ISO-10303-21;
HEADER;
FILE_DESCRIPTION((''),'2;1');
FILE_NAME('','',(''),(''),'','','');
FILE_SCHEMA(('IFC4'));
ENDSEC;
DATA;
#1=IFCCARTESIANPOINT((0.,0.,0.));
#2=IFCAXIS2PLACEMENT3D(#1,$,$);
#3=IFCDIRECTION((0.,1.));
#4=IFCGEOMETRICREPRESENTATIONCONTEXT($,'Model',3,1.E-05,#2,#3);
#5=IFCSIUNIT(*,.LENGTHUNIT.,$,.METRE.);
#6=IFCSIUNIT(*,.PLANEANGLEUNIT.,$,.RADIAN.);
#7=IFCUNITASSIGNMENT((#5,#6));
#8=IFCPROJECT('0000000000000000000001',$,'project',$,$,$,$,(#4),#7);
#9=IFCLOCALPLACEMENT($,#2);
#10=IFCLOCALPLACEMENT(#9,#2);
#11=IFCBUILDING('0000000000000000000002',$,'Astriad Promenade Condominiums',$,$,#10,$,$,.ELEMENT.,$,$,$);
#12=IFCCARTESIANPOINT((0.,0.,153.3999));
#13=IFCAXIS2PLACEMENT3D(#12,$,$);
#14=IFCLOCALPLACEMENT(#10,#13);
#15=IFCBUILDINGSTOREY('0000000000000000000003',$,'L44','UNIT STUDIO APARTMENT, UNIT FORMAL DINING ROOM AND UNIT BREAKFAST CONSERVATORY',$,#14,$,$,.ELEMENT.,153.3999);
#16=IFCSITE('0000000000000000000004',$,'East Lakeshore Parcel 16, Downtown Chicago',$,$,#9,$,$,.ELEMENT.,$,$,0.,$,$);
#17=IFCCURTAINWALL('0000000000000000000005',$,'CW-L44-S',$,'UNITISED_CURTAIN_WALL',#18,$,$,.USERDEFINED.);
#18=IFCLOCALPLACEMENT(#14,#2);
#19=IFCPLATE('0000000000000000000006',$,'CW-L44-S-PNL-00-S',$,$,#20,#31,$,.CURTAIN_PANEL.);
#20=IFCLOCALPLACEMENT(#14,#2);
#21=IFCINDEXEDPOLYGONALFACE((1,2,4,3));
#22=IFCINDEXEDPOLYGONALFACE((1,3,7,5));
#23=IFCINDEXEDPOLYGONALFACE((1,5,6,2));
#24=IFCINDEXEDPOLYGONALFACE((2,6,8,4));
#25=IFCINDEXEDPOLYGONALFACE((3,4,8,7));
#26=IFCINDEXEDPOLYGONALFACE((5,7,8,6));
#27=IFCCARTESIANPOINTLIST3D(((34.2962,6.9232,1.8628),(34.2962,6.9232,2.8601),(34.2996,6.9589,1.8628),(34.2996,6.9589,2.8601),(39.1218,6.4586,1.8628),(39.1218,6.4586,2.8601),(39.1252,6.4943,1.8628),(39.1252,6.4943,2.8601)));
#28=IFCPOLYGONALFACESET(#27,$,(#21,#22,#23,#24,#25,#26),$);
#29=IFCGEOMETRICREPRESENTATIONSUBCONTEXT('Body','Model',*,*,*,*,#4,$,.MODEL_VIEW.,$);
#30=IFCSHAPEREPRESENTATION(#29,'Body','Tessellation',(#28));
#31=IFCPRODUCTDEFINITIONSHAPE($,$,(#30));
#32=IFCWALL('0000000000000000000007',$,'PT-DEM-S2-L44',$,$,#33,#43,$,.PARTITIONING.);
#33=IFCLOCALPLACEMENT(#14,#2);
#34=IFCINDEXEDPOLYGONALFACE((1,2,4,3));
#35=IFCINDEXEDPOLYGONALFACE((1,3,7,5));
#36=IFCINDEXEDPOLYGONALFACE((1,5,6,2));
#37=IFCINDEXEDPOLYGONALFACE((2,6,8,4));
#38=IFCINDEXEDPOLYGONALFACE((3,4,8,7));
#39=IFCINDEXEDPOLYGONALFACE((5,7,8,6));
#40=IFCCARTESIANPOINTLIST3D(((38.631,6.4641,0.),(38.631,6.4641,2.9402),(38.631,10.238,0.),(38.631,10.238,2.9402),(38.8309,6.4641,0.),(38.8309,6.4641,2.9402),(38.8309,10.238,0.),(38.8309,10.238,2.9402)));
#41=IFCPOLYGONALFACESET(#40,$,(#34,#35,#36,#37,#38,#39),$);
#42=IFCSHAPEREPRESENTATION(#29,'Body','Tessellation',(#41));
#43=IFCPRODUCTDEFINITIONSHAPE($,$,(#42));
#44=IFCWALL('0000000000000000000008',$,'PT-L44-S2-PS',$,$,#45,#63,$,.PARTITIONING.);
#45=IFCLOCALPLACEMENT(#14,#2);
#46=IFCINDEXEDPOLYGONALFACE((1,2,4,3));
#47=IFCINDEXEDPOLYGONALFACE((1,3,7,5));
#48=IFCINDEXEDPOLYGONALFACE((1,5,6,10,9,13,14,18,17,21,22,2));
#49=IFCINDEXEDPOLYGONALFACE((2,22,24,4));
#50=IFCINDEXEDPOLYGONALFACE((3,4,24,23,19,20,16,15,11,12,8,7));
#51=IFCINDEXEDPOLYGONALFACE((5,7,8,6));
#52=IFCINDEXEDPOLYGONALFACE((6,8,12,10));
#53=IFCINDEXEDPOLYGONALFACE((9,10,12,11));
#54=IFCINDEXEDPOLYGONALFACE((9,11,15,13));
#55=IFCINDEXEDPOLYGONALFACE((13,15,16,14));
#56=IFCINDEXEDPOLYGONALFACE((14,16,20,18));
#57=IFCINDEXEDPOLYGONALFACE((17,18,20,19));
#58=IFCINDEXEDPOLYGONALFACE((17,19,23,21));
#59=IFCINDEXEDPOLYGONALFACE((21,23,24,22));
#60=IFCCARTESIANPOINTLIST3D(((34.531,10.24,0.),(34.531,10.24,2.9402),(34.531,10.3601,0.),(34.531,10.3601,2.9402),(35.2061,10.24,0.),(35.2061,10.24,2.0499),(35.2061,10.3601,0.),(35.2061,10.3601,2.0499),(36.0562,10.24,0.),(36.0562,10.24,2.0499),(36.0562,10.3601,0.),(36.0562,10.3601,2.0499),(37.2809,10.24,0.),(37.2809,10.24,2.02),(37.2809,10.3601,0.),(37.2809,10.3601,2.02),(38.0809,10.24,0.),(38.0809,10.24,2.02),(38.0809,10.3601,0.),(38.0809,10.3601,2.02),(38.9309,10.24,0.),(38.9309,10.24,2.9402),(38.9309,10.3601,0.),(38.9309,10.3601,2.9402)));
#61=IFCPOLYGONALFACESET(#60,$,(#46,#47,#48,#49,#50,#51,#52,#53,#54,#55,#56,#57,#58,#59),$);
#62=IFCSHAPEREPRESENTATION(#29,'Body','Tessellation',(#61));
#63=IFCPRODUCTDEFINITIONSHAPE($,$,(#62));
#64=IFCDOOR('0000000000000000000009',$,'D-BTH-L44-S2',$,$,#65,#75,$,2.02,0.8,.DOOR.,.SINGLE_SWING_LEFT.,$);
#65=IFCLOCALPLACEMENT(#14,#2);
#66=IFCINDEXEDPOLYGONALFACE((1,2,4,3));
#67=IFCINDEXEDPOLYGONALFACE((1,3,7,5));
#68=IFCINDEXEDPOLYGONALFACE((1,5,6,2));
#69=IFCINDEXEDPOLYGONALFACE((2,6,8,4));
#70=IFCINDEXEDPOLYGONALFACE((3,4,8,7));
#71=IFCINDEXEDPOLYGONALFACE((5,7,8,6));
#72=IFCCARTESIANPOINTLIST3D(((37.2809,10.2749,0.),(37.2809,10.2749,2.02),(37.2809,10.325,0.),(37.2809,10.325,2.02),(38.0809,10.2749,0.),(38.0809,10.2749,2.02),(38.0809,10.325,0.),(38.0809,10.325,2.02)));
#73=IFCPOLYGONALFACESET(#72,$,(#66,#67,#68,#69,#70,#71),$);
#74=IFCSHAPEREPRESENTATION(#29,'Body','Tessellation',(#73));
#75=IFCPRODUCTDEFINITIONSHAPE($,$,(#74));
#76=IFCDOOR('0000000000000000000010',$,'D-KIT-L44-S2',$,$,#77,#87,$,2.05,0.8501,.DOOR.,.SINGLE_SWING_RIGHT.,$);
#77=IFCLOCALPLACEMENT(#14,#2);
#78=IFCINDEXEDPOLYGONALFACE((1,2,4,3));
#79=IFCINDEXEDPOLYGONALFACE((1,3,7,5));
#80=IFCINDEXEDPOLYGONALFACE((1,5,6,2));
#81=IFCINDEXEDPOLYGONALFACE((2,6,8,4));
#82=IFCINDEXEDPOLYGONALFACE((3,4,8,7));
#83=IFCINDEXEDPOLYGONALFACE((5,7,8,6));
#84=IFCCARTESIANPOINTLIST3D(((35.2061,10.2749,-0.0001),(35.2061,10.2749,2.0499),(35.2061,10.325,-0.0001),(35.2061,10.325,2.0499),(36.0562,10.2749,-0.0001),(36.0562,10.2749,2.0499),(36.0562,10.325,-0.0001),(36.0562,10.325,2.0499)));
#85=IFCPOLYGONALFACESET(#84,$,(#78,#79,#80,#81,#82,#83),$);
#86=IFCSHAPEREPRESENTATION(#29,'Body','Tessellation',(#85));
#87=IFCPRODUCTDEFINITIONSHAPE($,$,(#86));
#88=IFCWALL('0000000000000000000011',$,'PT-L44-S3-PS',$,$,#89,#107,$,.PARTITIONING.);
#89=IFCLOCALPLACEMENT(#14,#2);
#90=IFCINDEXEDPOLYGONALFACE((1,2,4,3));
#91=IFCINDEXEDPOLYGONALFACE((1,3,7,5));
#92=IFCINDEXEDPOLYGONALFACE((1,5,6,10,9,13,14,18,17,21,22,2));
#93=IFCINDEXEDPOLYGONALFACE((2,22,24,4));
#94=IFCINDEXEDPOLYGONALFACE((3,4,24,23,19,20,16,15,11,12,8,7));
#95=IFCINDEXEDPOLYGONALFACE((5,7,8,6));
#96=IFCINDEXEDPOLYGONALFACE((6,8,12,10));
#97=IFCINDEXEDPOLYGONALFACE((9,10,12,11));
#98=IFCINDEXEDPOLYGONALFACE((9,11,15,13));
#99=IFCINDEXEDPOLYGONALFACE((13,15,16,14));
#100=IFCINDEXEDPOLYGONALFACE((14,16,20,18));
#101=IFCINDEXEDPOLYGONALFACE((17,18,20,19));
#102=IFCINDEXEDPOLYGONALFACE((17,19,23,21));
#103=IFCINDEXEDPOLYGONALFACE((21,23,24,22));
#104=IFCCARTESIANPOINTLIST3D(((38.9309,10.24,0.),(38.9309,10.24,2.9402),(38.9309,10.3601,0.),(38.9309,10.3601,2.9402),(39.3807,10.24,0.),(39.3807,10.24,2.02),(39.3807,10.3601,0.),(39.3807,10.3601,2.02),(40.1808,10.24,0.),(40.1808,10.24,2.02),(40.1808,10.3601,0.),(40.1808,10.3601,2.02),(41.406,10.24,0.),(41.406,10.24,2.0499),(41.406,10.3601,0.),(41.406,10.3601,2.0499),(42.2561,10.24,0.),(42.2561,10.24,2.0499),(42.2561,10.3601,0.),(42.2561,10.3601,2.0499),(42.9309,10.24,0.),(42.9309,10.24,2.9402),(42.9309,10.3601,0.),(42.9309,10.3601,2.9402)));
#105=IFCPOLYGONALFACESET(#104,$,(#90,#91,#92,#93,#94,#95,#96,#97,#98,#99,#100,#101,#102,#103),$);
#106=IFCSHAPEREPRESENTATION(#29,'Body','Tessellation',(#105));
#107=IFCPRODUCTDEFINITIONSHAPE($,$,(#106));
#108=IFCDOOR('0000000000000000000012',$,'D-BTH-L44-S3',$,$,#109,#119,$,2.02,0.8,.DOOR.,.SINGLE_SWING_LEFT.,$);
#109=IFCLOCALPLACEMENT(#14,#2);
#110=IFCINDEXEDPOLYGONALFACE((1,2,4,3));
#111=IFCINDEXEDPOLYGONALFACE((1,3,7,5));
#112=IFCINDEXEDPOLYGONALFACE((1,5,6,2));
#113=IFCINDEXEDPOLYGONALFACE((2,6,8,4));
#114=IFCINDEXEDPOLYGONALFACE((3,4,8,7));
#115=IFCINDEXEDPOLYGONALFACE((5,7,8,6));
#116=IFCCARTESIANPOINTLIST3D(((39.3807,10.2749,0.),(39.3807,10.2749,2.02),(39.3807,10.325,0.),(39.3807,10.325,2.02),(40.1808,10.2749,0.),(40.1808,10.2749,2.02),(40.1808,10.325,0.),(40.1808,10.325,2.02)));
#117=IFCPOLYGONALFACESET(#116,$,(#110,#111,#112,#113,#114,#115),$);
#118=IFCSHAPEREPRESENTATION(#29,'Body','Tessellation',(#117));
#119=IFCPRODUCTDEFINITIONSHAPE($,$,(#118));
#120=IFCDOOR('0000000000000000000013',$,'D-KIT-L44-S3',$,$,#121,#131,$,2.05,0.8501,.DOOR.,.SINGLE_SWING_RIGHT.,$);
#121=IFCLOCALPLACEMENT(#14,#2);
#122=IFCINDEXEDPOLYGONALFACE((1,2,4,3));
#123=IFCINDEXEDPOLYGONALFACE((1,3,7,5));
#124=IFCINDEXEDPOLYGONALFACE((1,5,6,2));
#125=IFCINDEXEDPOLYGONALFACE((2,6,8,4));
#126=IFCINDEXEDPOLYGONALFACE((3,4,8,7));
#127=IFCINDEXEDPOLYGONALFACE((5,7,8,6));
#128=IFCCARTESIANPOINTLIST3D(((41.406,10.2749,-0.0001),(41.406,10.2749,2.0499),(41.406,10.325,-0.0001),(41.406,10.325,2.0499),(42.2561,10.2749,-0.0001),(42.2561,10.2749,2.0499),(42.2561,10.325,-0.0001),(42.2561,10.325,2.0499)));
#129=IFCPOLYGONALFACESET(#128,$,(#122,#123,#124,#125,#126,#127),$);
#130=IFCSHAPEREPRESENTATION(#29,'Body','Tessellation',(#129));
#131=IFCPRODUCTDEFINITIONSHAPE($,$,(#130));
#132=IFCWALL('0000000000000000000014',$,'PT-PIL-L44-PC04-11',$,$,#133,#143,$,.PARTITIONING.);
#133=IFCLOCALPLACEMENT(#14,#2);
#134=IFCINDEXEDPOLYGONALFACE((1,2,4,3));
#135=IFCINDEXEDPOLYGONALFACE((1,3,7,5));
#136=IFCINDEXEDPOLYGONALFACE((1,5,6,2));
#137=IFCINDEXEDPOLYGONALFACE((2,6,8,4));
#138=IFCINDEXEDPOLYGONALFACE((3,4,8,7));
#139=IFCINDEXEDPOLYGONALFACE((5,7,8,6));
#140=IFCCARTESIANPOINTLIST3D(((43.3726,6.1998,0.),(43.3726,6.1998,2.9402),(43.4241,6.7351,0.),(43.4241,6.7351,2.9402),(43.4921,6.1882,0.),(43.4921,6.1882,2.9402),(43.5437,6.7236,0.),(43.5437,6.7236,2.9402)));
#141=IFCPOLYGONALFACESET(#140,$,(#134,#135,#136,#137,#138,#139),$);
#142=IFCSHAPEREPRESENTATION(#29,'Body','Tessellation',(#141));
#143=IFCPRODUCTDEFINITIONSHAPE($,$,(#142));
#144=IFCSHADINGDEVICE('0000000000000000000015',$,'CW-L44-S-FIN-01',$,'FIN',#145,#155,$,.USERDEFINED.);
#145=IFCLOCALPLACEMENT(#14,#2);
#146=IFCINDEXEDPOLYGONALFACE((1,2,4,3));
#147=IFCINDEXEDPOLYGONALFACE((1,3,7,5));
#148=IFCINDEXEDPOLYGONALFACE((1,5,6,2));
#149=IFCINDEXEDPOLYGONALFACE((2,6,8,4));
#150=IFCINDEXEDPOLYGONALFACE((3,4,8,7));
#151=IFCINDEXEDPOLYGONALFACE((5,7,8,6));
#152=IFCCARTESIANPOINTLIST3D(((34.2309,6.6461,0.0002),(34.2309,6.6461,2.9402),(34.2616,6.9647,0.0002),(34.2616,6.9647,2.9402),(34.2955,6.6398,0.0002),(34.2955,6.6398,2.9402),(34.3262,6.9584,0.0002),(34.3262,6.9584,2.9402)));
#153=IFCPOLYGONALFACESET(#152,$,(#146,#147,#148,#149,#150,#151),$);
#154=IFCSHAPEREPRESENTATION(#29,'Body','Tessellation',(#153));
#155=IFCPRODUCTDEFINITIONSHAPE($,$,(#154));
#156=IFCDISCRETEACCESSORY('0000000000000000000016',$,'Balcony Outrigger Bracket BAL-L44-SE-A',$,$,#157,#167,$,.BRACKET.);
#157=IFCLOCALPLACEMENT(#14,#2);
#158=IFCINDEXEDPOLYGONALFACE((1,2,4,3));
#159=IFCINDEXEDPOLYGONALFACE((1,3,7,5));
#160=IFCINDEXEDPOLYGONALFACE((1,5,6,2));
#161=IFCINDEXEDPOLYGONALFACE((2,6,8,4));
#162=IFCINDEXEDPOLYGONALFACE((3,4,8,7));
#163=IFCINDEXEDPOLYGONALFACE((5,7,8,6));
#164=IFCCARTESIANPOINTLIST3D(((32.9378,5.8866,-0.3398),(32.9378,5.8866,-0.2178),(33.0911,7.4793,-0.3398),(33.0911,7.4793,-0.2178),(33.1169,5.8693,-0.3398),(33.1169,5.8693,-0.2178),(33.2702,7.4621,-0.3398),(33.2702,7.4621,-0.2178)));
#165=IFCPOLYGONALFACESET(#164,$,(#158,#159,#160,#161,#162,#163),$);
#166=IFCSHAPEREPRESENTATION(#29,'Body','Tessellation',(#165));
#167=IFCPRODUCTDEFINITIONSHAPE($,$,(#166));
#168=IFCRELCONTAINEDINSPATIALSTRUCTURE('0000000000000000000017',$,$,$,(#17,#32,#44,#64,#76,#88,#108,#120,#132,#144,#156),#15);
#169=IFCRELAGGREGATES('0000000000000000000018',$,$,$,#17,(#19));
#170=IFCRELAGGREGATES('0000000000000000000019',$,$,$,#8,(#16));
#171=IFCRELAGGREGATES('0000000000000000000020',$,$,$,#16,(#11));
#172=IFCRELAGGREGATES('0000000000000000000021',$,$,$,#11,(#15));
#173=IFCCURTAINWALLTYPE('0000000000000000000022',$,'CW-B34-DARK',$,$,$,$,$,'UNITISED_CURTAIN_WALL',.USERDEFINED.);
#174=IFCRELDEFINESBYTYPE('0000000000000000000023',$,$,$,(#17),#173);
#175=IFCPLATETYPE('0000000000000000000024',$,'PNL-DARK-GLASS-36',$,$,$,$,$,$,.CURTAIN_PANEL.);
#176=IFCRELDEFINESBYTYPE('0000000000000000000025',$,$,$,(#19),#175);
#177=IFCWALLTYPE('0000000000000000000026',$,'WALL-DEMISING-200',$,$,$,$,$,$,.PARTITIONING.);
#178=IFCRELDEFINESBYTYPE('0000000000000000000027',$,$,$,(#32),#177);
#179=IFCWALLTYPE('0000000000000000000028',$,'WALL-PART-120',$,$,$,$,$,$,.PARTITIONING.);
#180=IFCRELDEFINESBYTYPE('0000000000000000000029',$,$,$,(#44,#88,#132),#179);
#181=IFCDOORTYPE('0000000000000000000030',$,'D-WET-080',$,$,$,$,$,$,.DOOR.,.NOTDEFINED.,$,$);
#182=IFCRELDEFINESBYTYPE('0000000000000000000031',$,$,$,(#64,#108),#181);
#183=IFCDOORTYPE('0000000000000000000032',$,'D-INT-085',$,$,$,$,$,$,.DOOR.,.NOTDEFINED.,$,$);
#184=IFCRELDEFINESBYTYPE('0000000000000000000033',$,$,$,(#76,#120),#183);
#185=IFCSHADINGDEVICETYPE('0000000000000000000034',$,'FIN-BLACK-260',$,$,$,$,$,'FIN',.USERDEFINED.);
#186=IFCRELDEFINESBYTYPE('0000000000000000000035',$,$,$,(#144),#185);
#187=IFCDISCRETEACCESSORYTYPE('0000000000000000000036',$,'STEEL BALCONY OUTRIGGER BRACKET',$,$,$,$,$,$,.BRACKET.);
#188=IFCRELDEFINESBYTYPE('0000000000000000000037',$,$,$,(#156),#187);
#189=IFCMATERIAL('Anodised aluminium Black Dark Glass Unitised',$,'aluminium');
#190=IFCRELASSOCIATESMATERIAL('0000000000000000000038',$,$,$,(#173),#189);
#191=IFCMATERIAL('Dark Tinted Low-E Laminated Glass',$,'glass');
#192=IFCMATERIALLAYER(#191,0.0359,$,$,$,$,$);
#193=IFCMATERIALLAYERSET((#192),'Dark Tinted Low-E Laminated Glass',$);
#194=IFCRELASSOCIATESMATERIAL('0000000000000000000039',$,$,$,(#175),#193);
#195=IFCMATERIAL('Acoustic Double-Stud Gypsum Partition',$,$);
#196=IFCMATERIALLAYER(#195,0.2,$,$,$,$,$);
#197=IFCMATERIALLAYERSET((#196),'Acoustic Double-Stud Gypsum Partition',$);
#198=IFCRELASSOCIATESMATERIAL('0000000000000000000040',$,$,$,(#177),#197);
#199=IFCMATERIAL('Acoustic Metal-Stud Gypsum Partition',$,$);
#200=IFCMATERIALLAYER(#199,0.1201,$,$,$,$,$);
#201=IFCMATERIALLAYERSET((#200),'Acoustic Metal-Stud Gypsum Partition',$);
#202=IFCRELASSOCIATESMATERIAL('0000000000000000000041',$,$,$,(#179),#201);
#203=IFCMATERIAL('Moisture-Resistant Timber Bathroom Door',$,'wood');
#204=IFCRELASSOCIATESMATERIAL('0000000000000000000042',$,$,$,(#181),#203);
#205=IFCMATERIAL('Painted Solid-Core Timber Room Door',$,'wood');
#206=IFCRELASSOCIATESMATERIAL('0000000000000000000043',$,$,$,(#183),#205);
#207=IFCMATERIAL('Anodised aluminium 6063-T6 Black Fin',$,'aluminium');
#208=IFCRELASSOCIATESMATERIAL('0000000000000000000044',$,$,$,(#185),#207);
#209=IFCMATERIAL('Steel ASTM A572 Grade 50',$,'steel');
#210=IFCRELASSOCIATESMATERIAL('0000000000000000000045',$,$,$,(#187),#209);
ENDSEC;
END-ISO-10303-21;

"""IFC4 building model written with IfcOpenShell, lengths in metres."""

from ifc_helpers import new_model, si_unit, direction, frame, frame_2d, origin, origin_2d, place, context, subcontext, project, spatial, rectangle, extrude, source, transform, mapped, material, layer, layer_set, type_object, type_shapes, element, fill, aggregate, save


model = new_model("IFC4")

# Units and contexts
model_context = context("Model", 3, precision=1e-05, world=origin(), true_north=direction((0.0, 1.0)))
body_context = subcontext(model_context, "Body", "Model", "MODEL_VIEW")
ifc_project = project(units=[si_unit("LENGTHUNIT", "METRE"), si_unit("PLANEANGLEUNIT", "RADIAN")], contexts=[model_context])

# Site, building, storey
site_placement = place(None, origin())
site = spatial("IfcSite", under=ifc_project, at=site_placement, Name="East Lakeshore Parcel 16, Downtown Chicago", CompositionType="ELEMENT", RefElevation=0.0)
building_placement = place(site_placement, origin())
building = spatial("IfcBuilding", under=site, at=building_placement, Name="Astriad Promenade Condominiums", CompositionType="ELEMENT")
storey_placement = place(building_placement, frame((0.0, 0.0, 153.3999)))
storey = spatial("IfcBuildingStorey", under=building, at=storey_placement, Name="L44", Description="UNIT STUDIO APARTMENT, UNIT FORMAL DINING ROOM AND UNIT BREAKFAST CONSERVATORY", CompositionType="ELEMENT", Elevation=153.3999)

# Curtain wall, plate
ifc_material_1 = material(Name="Anodised aluminium Black Dark Glass Unitised", Category="aluminium")
curtain_wall_type = type_object("IfcCurtainWallType", Name="CW-B34-DARK", ElementType="UNITISED_CURTAIN_WALL", PredefinedType="USERDEFINED", material=ifc_material_1)
curtain_wall_placement = place(storey_placement, origin())
curtain_wall = element("IfcCurtainWall", 1, at=curtain_wall_placement, inside=storey, type_object=curtain_wall_type, Name="CW-L44-S", ObjectType="UNITISED_CURTAIN_WALL", PredefinedType="USERDEFINED")
ifc_material_2 = material(Name="Dark Tinted Low-E Laminated Glass", Category="glass")
ifc_layer_1 = layer(ifc_material_2, 0.0359)
ifc_layer_set_1 = layer_set([ifc_layer_1], Name="Dark Tinted Low-E Laminated Glass")
plate_type = type_object("IfcPlateType", Name="PNL-DARK-GLASS-36", PredefinedType="CURTAIN_PANEL", material=ifc_layer_set_1)
shared_shape_1 = source(origin(), body_context, "Body", "SweptSolid", [
    extrude(rectangle(XDim=4.8479, YDim=0.0359, at=origin_2d()), origin(), (0.0, 0.0, 1.0), 0.9973),
])
plate_1_placement = place(storey_placement, frame((36.7107, 6.7087, 1.8628), z_axis=(0.0, 0.0, 1.0), x_axis=(-0.995396, 0.095846, 0.0)))
plate_1 = element("IfcPlate", 2, at=plate_1_placement, type_object=plate_type, Name="CW-L44-S-PNL-00-S", PredefinedType="CURTAIN_PANEL", context=body_context, shape_type="MappedRepresentation", body=[
    mapped(shared_shape_1, transform((0.0, 0.0, 0.0), scale=1.0)),
])
aggregate(curtain_wall, [plate_1])

# Wall
ifc_material_3 = material(Name="Acoustic Double-Stud Gypsum Partition")
ifc_layer_2 = layer(ifc_material_3, 0.2)
ifc_layer_set_2 = layer_set([ifc_layer_2], Name="Acoustic Double-Stud Gypsum Partition")
wall_type_1 = type_object("IfcWallType", Name="WALL-DEMISING-200", PredefinedType="PARTITIONING", material=ifc_layer_set_2)
wall_1_placement = place(storey_placement, frame((38.731, 6.4641, 0.0), z_axis=(0.0, 0.0, 1.0), x_axis=(0.0, 1.0, 0.0)))
element("IfcWall", 3, at=wall_1_placement, inside=storey, type_object=wall_type_1, Name="PT-DEM-S2-L44", PredefinedType="PARTITIONING", context=body_context, shape_type="SweptSolid", body=[
    extrude(rectangle(XDim=3.7739, YDim=0.2, at=frame_2d((1.887, 0.0))), origin(), (0.0, 0.0, 1.0), 2.9402),
])

# Walls, openings, doors
ifc_material_4 = material(Name="Acoustic Metal-Stud Gypsum Partition")
ifc_layer_3 = layer(ifc_material_4, 0.1201)
ifc_layer_set_3 = layer_set([ifc_layer_3], Name="Acoustic Metal-Stud Gypsum Partition")
wall_type_2 = type_object("IfcWallType", Name="WALL-PART-120", PredefinedType="PARTITIONING", material=ifc_layer_set_3)
wall_2_placement = place(storey_placement, frame((34.531, 10.3, 0.0), z_axis=(0.0, 0.0, 1.0), x_axis=(1.0, 0.0, 0.0)))
wall_2 = element("IfcWall", 4, at=wall_2_placement, inside=storey, type_object=wall_type_2, Name="PT-L44-S2-PS", PredefinedType="PARTITIONING", context=body_context, shape_type="SweptSolid", body=[
    extrude(rectangle(XDim=4.3999, YDim=0.1201, at=frame_2d((2.2, 0.0))), origin(), (0.0, 0.0, 1.0), 2.9402),
])
opening_1_placement = place(wall_2_placement, frame((0.675, 0.0, 0.0)))
opening_1 = element("IfcOpeningElement", 5, at=opening_1_placement, cuts=wall_2, PredefinedType="OPENING", context=body_context, shape_type="SweptSolid", body=[
    extrude(rectangle(XDim=0.8501, YDim=2.05, at=frame_2d((0.425, 1.0249))), frame((0.0, 0.0701, 0.0), z_axis=(0.0, -1.0, 0.0), x_axis=(1.0, 0.0, 0.0)), (0.0, 0.0, 1.0), 0.1401),
])
opening_2_placement = place(wall_2_placement, frame((2.75, 0.0, 0.0)))
opening_2 = element("IfcOpeningElement", 6, at=opening_2_placement, cuts=wall_2, PredefinedType="OPENING", context=body_context, shape_type="SweptSolid", body=[
    extrude(rectangle(XDim=0.8, YDim=2.02, at=frame_2d((0.3999, 1.01))), frame((0.0, 0.0701, 0.0), z_axis=(0.0, -1.0, 0.0), x_axis=(1.0, 0.0, 0.0)), (0.0, 0.0, 1.0), 0.1401),
])
ifc_material_5 = material(Name="Moisture-Resistant Timber Bathroom Door", Category="wood")
door_type_1 = type_object("IfcDoorType", Name="D-WET-080", OperationType="NOTDEFINED", PredefinedType="DOOR", material=ifc_material_5)
shared_shape_2 = source(origin(), body_context, "Body", "SweptSolid", [
    extrude(rectangle(XDim=0.8, YDim=2.02, at=frame_2d((0.3999, 1.01))), frame((0.0, 0.0249, 0.0), z_axis=(0.0, -1.0, 0.0), x_axis=(1.0, 0.0, 0.0)), (0.0, 0.0, 1.0), 0.05),
])
type_shapes(door_type_1, [shared_shape_2])
door_1_placement = place(opening_2_placement, origin())
door_1 = element("IfcDoor", 7, at=door_1_placement, inside=storey, type_object=door_type_1, Name="D-BTH-L44-S2", OperationType="SINGLE_SWING_LEFT", OverallHeight=2.02, OverallWidth=0.8, PredefinedType="DOOR", context=body_context, shape_type="MappedRepresentation", body=[
    mapped(shared_shape_2, transform((0.0, 0.0, 0.0), scale=1.0)),
])
fill(opening_2, door_1)
ifc_material_6 = material(Name="Painted Solid-Core Timber Room Door", Category="wood")
door_type_2 = type_object("IfcDoorType", Name="D-INT-085", OperationType="NOTDEFINED", PredefinedType="DOOR", material=ifc_material_6)
shared_shape_3 = source(origin(), body_context, "Body", "SweptSolid", [
    extrude(rectangle(XDim=0.8501, YDim=2.05, at=frame_2d((0.425, 1.0249))), frame((0.0, 0.0249, 0.0), z_axis=(0.0, -1.0, 0.0), x_axis=(1.0, 0.0, 0.0)), (0.0, 0.0, 1.0), 0.05),
])
type_shapes(door_type_2, [shared_shape_3])
door_2_placement = place(opening_1_placement, origin())
door_2 = element("IfcDoor", 8, at=door_2_placement, inside=storey, type_object=door_type_2, Name="D-KIT-L44-S2", OperationType="SINGLE_SWING_RIGHT", OverallHeight=2.05, OverallWidth=0.8501, PredefinedType="DOOR", context=body_context, shape_type="MappedRepresentation", body=[
    mapped(shared_shape_3, transform((0.0, 0.0, 0.0), scale=1.0)),
])
fill(opening_1, door_2)
wall_3_placement = place(storey_placement, frame((38.9309, 10.3, 0.0), z_axis=(0.0, 0.0, 1.0), x_axis=(1.0, 0.0, 0.0)))
wall_3 = element("IfcWall", 9, at=wall_3_placement, inside=storey, type_object=wall_type_2, Name="PT-L44-S3-PS", PredefinedType="PARTITIONING", context=body_context, shape_type="SweptSolid", body=[
    extrude(rectangle(XDim=4.0, YDim=0.1201, at=frame_2d((2.0, 0.0))), origin(), (0.0, 0.0, 1.0), 2.9402),
])
opening_3_placement = place(wall_3_placement, frame((0.45, 0.0, 0.0)))
opening_3 = element("IfcOpeningElement", 10, at=opening_3_placement, cuts=wall_3, PredefinedType="OPENING", context=body_context, shape_type="SweptSolid", body=[
    extrude(rectangle(XDim=0.8, YDim=2.02, at=frame_2d((0.3999, 1.01))), frame((0.0, 0.0701, 0.0), z_axis=(0.0, -1.0, 0.0), x_axis=(1.0, 0.0, 0.0)), (0.0, 0.0, 1.0), 0.1401),
])
opening_4_placement = place(wall_3_placement, frame((2.4751, 0.0, 0.0)))
opening_4 = element("IfcOpeningElement", 11, at=opening_4_placement, cuts=wall_3, PredefinedType="OPENING", context=body_context, shape_type="SweptSolid", body=[
    extrude(rectangle(XDim=0.8501, YDim=2.05, at=frame_2d((0.425, 1.0249))), frame((0.0, 0.0701, 0.0), z_axis=(0.0, -1.0, 0.0), x_axis=(1.0, 0.0, 0.0)), (0.0, 0.0, 1.0), 0.1401),
])
door_3_placement = place(opening_3_placement, origin())
door_3 = element("IfcDoor", 12, at=door_3_placement, inside=storey, type_object=door_type_1, Name="D-BTH-L44-S3", OperationType="SINGLE_SWING_LEFT", OverallHeight=2.02, OverallWidth=0.8, PredefinedType="DOOR", context=body_context, shape_type="MappedRepresentation", body=[
    mapped(shared_shape_2, transform((0.0, 0.0, 0.0), scale=1.0)),
])
fill(opening_3, door_3)
door_4_placement = place(opening_4_placement, origin())
door_4 = element("IfcDoor", 13, at=door_4_placement, inside=storey, type_object=door_type_2, Name="D-KIT-L44-S3", OperationType="SINGLE_SWING_RIGHT", OverallHeight=2.05, OverallWidth=0.8501, PredefinedType="DOOR", context=body_context, shape_type="MappedRepresentation", body=[
    mapped(shared_shape_3, transform((0.0, 0.0, 0.0), scale=1.0)),
])
fill(opening_4, door_4)

# Wall
wall_4_placement = place(storey_placement, frame((43.4839, 6.7295, 0.0), z_axis=(0.0, 0.0, 1.0), x_axis=(-0.095773, -0.995403, 0.0)))
element("IfcWall", 14, at=wall_4_placement, inside=storey, type_object=wall_type_2, Name="PT-PIL-L44-PC04-11", PredefinedType="PARTITIONING", context=body_context, shape_type="SweptSolid", body=[
    extrude(rectangle(XDim=0.5378, YDim=0.1201, at=frame_2d((0.269, 0.0))), origin(), (0.0, 0.0, 1.0), 2.9402),
])

# Shading device
ifc_material_7 = material(Name="Anodised aluminium 6063-T6 Black Fin", Category="aluminium")
shading_device_type = type_object("IfcShadingDeviceType", Name="FIN-BLACK-260", ElementType="FIN", PredefinedType="USERDEFINED", material=ifc_material_7)
shared_shape_4 = source(origin(), body_context, "Body", "SweptSolid", [
    extrude(rectangle(XDim=0.0649, YDim=0.3201, at=origin_2d()), origin(), (0.0, 0.0, 1.0), 2.9399),
])
type_shapes(shading_device_type, [shared_shape_4])
shading_device_placement = place(storey_placement, frame((34.2786, 6.8022, 0.0002), z_axis=(0.0, 0.0, 1.0), x_axis=(-0.995396, 0.095846, 0.0)))
element("IfcShadingDevice", 15, at=shading_device_placement, inside=storey, type_object=shading_device_type, Name="CW-L44-S-FIN-01", ObjectType="FIN", PredefinedType="USERDEFINED", context=body_context, shape_type="MappedRepresentation", body=[
    mapped(shared_shape_4, transform((0.0, 0.0, 0.0), scale=1.0)),
])

# Discrete accessory
ifc_material_8 = material(Name="Steel ASTM A572 Grade 50", Category="steel")
discrete_accessory_type = type_object("IfcDiscreteAccessoryType", Name="STEEL BALCONY OUTRIGGER BRACKET", PredefinedType="BRACKET", material=ifc_material_8)
shared_shape_5 = source(origin(), body_context, "Body", "SweptSolid", [
    extrude(rectangle(XDim=1.6001, YDim=0.1799, at=origin_2d()), origin(), (0.0, 0.0, 1.0), 0.1221),
])
type_shapes(discrete_accessory_type, [shared_shape_5])
discrete_accessory_placement = place(storey_placement, frame((33.104, 6.6743, -0.3398), z_axis=(0.0, 0.0, 1.0), x_axis=(-0.095846, -0.995396, 0.0)))
element("IfcDiscreteAccessory", 16, at=discrete_accessory_placement, inside=storey, type_object=discrete_accessory_type, Name="Balcony Outrigger Bracket BAL-L44-SE-A", PredefinedType="BRACKET", context=body_context, shape_type="MappedRepresentation", body=[
    mapped(shared_shape_5, transform((0.0, 0.0, 0.0), scale=1.0)),
])

save(model, "model.ifc")
